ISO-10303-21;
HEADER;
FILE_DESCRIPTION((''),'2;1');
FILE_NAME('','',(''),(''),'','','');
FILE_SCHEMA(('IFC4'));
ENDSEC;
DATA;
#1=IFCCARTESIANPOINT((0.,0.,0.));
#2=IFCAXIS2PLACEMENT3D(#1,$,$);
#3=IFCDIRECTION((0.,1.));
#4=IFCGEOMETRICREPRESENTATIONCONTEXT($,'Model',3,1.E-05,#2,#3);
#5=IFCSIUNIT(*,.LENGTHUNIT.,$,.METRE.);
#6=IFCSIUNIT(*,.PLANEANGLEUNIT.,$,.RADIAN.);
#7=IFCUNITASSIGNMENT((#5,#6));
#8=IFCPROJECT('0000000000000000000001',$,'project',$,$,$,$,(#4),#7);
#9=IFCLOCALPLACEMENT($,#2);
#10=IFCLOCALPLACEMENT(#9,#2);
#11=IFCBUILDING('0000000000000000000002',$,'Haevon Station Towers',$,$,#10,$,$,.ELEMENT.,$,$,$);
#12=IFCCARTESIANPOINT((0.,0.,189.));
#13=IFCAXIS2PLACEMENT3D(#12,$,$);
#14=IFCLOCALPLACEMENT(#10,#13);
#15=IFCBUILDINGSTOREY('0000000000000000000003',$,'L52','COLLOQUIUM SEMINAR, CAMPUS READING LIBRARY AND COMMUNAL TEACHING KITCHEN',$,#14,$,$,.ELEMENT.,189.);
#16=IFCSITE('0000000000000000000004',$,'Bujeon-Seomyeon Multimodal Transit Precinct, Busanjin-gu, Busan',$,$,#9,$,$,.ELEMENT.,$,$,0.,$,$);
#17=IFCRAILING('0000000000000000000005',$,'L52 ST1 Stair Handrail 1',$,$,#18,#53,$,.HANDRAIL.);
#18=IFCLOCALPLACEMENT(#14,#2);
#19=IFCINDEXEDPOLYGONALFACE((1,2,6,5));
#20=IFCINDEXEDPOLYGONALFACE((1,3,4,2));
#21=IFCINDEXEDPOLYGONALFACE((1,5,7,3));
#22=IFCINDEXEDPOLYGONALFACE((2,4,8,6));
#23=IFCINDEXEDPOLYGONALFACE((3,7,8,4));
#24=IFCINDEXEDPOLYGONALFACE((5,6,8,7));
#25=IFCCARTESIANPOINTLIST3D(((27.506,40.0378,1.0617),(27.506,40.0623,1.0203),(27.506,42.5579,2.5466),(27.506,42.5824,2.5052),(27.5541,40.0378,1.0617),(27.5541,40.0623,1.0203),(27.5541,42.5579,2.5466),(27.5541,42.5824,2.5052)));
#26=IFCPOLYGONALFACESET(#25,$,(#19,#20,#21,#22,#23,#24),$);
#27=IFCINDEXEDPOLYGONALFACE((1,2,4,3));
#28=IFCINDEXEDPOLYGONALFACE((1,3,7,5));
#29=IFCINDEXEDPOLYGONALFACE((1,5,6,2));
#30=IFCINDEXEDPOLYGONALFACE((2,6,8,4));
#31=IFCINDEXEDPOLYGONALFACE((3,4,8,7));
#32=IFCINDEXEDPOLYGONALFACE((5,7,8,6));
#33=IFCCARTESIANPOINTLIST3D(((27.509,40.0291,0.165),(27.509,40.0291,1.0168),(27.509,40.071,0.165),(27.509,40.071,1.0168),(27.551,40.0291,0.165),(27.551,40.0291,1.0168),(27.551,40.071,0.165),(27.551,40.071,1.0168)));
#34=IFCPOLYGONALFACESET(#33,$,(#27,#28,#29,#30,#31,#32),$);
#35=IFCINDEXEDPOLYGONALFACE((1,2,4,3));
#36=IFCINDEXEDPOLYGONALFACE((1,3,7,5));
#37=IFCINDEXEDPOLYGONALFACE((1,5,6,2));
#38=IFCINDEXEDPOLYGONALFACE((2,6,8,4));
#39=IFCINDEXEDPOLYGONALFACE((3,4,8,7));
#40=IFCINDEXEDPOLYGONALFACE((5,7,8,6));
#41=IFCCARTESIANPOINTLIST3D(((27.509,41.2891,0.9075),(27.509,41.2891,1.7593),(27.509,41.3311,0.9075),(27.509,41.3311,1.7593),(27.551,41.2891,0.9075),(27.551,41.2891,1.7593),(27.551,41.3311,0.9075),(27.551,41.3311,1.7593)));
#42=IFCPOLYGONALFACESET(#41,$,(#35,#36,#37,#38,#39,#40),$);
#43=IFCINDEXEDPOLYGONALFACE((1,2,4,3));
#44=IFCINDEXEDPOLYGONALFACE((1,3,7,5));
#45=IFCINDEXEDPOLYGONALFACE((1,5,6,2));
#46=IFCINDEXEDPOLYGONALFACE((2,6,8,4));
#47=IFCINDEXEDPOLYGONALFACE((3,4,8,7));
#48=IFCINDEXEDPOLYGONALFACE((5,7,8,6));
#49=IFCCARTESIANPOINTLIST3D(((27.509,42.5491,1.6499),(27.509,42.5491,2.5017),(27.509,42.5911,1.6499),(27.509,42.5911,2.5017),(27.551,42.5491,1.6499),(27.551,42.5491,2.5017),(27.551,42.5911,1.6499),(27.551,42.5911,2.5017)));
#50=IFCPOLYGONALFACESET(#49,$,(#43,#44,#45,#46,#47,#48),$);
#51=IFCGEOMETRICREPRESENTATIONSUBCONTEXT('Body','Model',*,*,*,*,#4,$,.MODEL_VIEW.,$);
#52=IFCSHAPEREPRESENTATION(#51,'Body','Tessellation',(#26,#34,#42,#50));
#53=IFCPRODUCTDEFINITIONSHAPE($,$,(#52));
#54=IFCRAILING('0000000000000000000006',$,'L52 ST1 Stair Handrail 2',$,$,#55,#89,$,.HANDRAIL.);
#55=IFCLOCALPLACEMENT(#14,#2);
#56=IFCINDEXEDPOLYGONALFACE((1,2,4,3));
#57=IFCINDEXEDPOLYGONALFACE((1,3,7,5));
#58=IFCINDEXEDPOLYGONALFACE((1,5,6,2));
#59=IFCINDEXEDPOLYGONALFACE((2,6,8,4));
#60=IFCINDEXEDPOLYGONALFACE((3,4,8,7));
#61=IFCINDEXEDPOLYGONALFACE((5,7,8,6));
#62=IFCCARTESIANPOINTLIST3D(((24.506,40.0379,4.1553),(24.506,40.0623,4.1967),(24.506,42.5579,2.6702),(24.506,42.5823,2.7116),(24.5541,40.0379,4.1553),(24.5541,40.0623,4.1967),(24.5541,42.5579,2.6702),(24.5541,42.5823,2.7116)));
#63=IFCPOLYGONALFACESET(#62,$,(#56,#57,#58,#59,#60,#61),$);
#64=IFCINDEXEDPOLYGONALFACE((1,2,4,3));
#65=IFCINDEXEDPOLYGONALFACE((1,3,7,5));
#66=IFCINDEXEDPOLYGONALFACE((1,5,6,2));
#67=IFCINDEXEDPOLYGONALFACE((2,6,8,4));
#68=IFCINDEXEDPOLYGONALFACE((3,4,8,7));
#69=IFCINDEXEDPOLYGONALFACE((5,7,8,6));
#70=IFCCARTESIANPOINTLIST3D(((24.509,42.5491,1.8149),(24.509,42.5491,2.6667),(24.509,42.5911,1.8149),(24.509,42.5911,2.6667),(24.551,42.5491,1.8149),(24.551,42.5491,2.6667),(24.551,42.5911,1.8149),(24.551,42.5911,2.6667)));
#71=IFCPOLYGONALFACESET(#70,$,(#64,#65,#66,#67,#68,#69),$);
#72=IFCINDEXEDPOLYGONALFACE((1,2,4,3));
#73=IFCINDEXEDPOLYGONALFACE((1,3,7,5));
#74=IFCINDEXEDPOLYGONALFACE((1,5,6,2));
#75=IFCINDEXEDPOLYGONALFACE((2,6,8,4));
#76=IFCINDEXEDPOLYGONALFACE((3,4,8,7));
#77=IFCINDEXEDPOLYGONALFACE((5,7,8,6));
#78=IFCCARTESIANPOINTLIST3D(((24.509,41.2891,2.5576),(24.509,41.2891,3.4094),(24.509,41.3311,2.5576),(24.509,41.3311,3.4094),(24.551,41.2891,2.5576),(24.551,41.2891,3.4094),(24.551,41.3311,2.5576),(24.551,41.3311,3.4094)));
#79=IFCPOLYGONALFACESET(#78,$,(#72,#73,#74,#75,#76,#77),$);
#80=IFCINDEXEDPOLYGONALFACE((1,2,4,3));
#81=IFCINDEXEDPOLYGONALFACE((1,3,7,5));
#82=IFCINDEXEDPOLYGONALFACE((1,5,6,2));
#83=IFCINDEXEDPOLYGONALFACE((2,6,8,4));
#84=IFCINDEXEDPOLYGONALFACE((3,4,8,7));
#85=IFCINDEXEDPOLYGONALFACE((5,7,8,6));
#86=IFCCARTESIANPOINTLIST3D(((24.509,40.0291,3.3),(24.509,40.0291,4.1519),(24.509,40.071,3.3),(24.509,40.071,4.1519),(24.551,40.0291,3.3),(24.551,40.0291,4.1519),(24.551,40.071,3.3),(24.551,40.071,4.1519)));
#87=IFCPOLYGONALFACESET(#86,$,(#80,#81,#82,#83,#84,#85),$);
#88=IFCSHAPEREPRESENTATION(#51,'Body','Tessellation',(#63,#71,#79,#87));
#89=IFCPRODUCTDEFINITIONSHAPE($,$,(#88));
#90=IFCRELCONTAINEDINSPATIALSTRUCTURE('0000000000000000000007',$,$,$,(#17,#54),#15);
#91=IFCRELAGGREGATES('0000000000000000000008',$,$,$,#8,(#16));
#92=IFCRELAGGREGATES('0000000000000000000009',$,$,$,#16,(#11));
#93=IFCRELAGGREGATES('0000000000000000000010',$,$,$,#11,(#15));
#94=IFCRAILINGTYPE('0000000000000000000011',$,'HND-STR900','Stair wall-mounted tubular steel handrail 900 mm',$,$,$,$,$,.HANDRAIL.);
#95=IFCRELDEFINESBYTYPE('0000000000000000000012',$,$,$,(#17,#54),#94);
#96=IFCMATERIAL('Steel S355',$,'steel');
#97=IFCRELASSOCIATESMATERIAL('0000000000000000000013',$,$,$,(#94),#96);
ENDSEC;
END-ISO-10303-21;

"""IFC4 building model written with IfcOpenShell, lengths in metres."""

from ifc_helpers import new_model, si_unit, direction, frame, origin, origin_2d, place, context, subcontext, project, spatial, rectangle, extrude, material, type_object, element, save


model = new_model("IFC4")

# Units and contexts
model_context = context("Model", 3, precision=1e-05, world=origin(), true_north=direction((0.0, 1.0)))
body_context = subcontext(model_context, "Body", "Model", "MODEL_VIEW")
ifc_project = project(units=[si_unit("LENGTHUNIT", "METRE"), si_unit("PLANEANGLEUNIT", "RADIAN")], contexts=[model_context])

# Site, building, storey
site_placement = place(None, origin())
site = spatial("IfcSite", under=ifc_project, at=site_placement, Name="Bujeon-Seomyeon Multimodal Transit Precinct, Busanjin-gu, Busan", CompositionType="ELEMENT", RefElevation=0.0)
building_placement = place(site_placement, origin())
building = spatial("IfcBuilding", under=site, at=building_placement, Name="Haevon Station Towers", CompositionType="ELEMENT")
storey_placement = place(building_placement, frame((0.0, 0.0, 189.0)))
storey = spatial("IfcBuildingStorey", under=building, at=storey_placement, Name="L52", Description="COLLOQUIUM SEMINAR, CAMPUS READING LIBRARY AND COMMUNAL TEACHING KITCHEN", CompositionType="ELEMENT", Elevation=189.0)

# Shared definitions
ifc_material_1 = material(Name="Steel S355", Category="steel")

# Railings
railing_type_1 = type_object("IfcRailingType", Name="HND-STR900", Description="Stair wall-mounted tubular steel handrail 900 mm", PredefinedType="HANDRAIL", material=ifc_material_1)
railing_1_placement = place(storey_placement, frame((27.53, 40.05, 0.165)))
element("IfcRailing", 1, at=railing_1_placement, inside=storey, type_object=railing_type_1, Name="L52 ST1 Stair Handrail 1", PredefinedType="HANDRAIL", context=body_context, shape_type="SweptSolid", body=[
    extrude(rectangle(XDim=0.0481, YDim=0.0481, at=origin_2d()), frame((0.0, 0.0, 0.876), z_axis=(0.0, 0.861561, 0.507655), x_axis=(-1.0, 0.0, 0.0)), (0.0, 0.0, 1.0), 2.925),
    extrude(rectangle(XDim=0.042, YDim=0.042, at=origin_2d()), origin(), (0.0, 0.0, 1.0), 0.8518),
    extrude(rectangle(XDim=0.042, YDim=0.042, at=origin_2d()), frame((0.0, 1.26, 0.7424)), (0.0, 0.0, 1.0), 0.8518),
    extrude(rectangle(XDim=0.042, YDim=0.042, at=origin_2d()), frame((0.0, 2.52, 1.4849)), (0.0, 0.0, 1.0), 0.8518),
])
railing_2_placement = place(storey_placement, frame((24.53, 42.5701, 1.8149)))
element("IfcRailing", 2, at=railing_2_placement, inside=storey, type_object=railing_type_1, Name="L52 ST1 Stair Handrail 2", PredefinedType="HANDRAIL", context=body_context, shape_type="SweptSolid", body=[
    extrude(rectangle(XDim=0.0481, YDim=0.0481, at=origin_2d()), frame((0.0, 0.0, 0.876), z_axis=(0.0, -0.861524, 0.507717), x_axis=(1.0, 0.0, 0.0)), (0.0, 0.0, 1.0), 2.925),
    extrude(rectangle(XDim=0.042, YDim=0.042, at=origin_2d()), origin(), (0.0, 0.0, 1.0), 0.8518),
    extrude(rectangle(XDim=0.042, YDim=0.042, at=origin_2d()), frame((0.0, -1.26, 0.7427)), (0.0, 0.0, 1.0), 0.8518),
    extrude(rectangle(XDim=0.042, YDim=0.042, at=origin_2d()), frame((0.0, -2.52, 1.4851)), (0.0, 0.0, 1.0), 0.8518),
])

save(model, "model.ifc")
